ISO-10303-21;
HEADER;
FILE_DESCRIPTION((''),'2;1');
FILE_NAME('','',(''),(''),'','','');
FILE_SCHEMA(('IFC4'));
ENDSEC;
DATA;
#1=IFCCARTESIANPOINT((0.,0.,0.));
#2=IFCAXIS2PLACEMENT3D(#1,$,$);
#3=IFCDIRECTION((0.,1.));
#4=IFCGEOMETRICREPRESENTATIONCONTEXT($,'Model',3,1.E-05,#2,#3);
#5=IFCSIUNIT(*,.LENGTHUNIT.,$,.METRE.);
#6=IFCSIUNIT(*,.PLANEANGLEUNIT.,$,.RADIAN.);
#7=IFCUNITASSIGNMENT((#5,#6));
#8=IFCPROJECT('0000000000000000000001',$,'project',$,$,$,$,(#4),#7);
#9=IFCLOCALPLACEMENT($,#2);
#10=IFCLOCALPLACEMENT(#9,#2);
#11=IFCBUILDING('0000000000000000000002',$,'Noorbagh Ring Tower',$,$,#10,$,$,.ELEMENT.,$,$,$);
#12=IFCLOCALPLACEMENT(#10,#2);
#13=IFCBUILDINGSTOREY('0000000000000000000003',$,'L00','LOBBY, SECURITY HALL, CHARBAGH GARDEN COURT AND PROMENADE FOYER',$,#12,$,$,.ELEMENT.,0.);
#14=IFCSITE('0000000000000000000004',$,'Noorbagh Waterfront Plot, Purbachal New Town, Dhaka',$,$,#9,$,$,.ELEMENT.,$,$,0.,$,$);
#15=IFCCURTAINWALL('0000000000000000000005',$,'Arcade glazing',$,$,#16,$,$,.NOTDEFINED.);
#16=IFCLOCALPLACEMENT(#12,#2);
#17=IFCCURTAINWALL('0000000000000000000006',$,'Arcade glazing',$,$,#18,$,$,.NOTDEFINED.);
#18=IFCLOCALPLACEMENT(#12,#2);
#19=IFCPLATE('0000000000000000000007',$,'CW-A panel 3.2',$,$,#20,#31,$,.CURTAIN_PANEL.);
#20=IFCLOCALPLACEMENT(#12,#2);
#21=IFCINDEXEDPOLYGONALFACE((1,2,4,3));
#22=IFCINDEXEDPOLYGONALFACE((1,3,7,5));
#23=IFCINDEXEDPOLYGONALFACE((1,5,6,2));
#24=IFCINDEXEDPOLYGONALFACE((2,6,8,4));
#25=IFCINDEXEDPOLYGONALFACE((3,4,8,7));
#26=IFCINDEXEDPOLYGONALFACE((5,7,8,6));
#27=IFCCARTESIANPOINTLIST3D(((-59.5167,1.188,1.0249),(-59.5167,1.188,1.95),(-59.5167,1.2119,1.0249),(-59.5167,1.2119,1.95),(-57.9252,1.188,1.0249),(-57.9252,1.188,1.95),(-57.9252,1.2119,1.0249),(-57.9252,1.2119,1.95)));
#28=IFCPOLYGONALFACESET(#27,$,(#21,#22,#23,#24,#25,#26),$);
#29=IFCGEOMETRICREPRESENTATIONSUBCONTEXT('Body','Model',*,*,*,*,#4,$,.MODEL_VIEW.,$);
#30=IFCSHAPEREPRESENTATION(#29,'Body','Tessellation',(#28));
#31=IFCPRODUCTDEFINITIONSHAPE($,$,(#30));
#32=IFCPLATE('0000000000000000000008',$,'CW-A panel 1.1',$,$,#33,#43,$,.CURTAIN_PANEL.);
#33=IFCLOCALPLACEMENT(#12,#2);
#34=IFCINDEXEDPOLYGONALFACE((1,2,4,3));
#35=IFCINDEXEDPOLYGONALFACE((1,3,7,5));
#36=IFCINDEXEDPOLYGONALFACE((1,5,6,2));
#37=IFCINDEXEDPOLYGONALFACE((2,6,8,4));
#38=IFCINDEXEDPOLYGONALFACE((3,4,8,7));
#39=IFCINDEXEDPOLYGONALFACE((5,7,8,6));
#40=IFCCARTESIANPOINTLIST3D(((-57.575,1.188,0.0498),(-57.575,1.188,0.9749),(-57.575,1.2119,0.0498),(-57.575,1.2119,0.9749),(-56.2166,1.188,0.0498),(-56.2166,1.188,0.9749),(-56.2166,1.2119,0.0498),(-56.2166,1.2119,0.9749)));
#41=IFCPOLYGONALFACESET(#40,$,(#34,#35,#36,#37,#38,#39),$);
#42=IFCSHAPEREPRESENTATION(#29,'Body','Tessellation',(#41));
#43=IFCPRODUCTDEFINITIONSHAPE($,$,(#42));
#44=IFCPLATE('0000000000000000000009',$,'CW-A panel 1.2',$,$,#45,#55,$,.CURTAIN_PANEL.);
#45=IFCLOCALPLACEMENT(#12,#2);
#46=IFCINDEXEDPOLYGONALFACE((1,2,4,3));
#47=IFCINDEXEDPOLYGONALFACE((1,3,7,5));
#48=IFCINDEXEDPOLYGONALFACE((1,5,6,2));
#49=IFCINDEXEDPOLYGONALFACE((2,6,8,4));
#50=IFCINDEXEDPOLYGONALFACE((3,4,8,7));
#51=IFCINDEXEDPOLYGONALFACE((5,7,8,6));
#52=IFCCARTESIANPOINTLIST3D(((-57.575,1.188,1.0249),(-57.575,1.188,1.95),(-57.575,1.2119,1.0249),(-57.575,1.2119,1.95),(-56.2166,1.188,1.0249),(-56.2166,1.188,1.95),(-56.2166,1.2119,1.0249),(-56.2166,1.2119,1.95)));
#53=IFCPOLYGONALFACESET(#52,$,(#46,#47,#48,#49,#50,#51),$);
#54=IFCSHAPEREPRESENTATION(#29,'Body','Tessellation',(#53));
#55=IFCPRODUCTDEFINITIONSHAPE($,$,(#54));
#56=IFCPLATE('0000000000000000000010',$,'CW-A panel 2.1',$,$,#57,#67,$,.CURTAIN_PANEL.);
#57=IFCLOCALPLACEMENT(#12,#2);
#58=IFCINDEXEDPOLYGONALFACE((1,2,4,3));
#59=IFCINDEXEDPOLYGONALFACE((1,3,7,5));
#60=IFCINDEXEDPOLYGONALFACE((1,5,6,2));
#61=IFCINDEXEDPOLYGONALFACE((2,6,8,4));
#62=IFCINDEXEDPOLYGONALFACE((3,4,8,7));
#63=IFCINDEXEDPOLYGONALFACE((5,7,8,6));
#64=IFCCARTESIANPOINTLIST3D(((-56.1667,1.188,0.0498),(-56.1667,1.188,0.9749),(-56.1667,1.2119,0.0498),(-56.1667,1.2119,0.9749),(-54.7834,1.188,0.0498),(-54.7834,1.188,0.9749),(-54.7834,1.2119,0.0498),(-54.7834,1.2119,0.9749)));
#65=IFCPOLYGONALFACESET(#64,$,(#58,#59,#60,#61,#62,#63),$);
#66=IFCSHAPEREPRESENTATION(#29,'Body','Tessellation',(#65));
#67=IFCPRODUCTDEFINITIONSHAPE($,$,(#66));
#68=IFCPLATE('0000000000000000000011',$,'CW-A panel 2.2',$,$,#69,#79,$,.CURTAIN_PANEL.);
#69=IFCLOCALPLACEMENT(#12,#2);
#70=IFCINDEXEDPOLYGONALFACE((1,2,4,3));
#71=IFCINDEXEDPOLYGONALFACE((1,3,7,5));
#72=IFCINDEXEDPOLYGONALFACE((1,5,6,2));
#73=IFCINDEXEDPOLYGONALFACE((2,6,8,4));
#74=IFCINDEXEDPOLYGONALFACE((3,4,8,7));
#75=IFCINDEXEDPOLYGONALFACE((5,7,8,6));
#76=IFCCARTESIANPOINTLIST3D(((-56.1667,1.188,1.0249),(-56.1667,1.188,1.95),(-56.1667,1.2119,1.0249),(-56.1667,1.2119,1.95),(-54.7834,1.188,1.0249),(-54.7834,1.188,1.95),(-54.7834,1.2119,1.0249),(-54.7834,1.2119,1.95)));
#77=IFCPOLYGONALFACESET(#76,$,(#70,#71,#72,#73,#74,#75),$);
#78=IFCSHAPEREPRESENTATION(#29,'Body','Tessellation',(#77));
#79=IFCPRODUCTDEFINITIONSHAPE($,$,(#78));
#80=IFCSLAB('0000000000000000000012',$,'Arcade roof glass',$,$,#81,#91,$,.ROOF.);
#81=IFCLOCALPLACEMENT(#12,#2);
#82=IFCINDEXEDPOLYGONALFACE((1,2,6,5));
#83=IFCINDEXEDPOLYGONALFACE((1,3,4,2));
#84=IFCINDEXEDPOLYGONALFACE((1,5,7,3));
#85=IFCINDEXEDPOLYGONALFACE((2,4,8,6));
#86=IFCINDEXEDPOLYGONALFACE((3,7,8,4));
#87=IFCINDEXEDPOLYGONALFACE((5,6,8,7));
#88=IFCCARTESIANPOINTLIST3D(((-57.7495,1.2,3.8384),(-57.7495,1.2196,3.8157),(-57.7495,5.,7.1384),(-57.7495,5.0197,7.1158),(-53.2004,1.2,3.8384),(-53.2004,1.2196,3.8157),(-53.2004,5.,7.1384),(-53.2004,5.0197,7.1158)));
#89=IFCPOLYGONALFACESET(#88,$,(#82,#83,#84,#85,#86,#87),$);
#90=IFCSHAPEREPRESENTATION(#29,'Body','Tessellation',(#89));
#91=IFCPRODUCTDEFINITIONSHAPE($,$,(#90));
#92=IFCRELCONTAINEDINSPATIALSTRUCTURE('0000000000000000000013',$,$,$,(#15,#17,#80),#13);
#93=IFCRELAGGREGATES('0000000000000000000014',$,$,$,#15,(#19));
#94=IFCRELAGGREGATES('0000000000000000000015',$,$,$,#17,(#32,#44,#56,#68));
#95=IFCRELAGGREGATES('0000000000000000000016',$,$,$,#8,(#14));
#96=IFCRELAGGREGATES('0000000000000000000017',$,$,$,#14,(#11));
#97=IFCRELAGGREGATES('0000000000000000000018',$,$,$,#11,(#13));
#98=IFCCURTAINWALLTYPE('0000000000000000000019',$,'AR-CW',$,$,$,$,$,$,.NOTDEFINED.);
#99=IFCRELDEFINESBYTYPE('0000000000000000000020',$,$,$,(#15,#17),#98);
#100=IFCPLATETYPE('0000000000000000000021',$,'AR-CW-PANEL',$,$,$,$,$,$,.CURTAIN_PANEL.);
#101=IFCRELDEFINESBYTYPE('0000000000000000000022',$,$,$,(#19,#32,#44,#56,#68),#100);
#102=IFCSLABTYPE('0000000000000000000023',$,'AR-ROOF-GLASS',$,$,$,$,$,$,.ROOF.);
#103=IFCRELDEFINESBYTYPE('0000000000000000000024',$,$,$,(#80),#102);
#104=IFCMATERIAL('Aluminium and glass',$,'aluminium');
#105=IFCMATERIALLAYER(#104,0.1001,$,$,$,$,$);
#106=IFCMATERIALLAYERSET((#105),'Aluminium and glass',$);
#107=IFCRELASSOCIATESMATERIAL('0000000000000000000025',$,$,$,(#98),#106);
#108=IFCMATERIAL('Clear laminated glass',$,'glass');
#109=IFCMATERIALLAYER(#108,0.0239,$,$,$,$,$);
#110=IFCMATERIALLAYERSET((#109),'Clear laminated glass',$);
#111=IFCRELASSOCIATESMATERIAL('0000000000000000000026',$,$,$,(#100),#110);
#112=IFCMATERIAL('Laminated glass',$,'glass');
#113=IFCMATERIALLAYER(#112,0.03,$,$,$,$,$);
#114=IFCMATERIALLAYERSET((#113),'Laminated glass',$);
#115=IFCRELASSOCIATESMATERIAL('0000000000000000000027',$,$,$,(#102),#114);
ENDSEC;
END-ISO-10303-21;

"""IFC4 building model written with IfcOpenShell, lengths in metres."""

from ifc_helpers import new_model, si_unit, direction, frame, origin, origin_2d, place, context, subcontext, project, spatial, polyline, rectangle, outline, extrude, material, layer, layer_set, type_object, element, aggregate, save


model = new_model("IFC4")

# Units and contexts
model_context = context("Model", 3, precision=1e-05, world=origin(), true_north=direction((0.0, 1.0)))
body_context = subcontext(model_context, "Body", "Model", "MODEL_VIEW")
ifc_project = project(units=[si_unit("LENGTHUNIT", "METRE"), si_unit("PLANEANGLEUNIT", "RADIAN")], contexts=[model_context])

# Site, building, storey
site_placement = place(None, origin())
site = spatial("IfcSite", under=ifc_project, at=site_placement, Name="Noorbagh Waterfront Plot, Purbachal New Town, Dhaka", CompositionType="ELEMENT", RefElevation=0.0)
building_placement = place(site_placement, origin())
building = spatial("IfcBuilding", under=site, at=building_placement, Name="Noorbagh Ring Tower", CompositionType="ELEMENT")
storey_placement = place(building_placement, origin())
storey = spatial("IfcBuildingStorey", under=building, at=storey_placement, Name="L00", Description="LOBBY, SECURITY HALL, CHARBAGH GARDEN COURT AND PROMENADE FOYER", CompositionType="ELEMENT", Elevation=0.0)

# Curtain walls
ifc_material_1 = material(Name="Aluminium and glass", Category="aluminium")
ifc_layer_1 = layer(ifc_material_1, 0.1001)
ifc_layer_set_1 = layer_set([ifc_layer_1], Name="Aluminium and glass")
curtain_wall_type = type_object("IfcCurtainWallType", Name="AR-CW", PredefinedType="NOTDEFINED", material=ifc_layer_set_1)
curtain_wall_1_placement = place(storey_placement, origin())
curtain_wall_1 = element("IfcCurtainWall", 1, at=curtain_wall_1_placement, inside=storey, type_object=curtain_wall_type, Name="Arcade glazing", PredefinedType="NOTDEFINED")
curtain_wall_2_placement = place(storey_placement, origin())
curtain_wall_2 = element("IfcCurtainWall", 2, at=curtain_wall_2_placement, inside=storey, type_object=curtain_wall_type, Name="Arcade glazing", PredefinedType="NOTDEFINED")

# Plates
ifc_material_2 = material(Name="Clear laminated glass", Category="glass")
ifc_layer_2 = layer(ifc_material_2, 0.0239)
ifc_layer_set_2 = layer_set([ifc_layer_2], Name="Clear laminated glass")
plate_type = type_object("IfcPlateType", Name="AR-CW-PANEL", PredefinedType="CURTAIN_PANEL", material=ifc_layer_set_2)
plate_1_placement = place(storey_placement, frame((-58.7209, 1.2, 1.0249), z_axis=(0.0, 0.0, 1.0), x_axis=(1.0, 0.0, 0.0)))
plate_1 = element("IfcPlate", 3, at=plate_1_placement, type_object=plate_type, Name="CW-A panel 3.2", PredefinedType="CURTAIN_PANEL", context=body_context, shape_type="SweptSolid", body=[
    extrude(rectangle(XDim=1.5916, YDim=0.0239, at=origin_2d()), origin(), (0.0, 0.0, 1.0), 0.925),
])
aggregate(curtain_wall_1, [plate_1])
plate_2_placement = place(storey_placement, frame((-56.8958, 1.2, 0.0498), z_axis=(0.0, 0.0, 1.0), x_axis=(1.0, 0.0, 0.0)))
plate_2 = element("IfcPlate", 4, at=plate_2_placement, type_object=plate_type, Name="CW-A panel 1.1", PredefinedType="CURTAIN_PANEL", context=body_context, shape_type="SweptSolid", body=[
    extrude(rectangle(XDim=1.3584, YDim=0.0239, at=origin_2d()), origin(), (0.0, 0.0, 1.0), 0.925),
])
plate_3_placement = place(storey_placement, frame((-56.8958, 1.2, 1.0249), z_axis=(0.0, 0.0, 1.0), x_axis=(1.0, 0.0, 0.0)))
plate_3 = element("IfcPlate", 5, at=plate_3_placement, type_object=plate_type, Name="CW-A panel 1.2", PredefinedType="CURTAIN_PANEL", context=body_context, shape_type="SweptSolid", body=[
    extrude(rectangle(XDim=1.3584, YDim=0.0239, at=origin_2d()), origin(), (0.0, 0.0, 1.0), 0.925),
])
plate_4_placement = place(storey_placement, frame((-55.4751, 1.2, 0.0498), z_axis=(0.0, 0.0, 1.0), x_axis=(1.0, 0.0, 0.0)))
plate_4 = element("IfcPlate", 6, at=plate_4_placement, type_object=plate_type, Name="CW-A panel 2.1", PredefinedType="CURTAIN_PANEL", context=body_context, shape_type="SweptSolid", body=[
    extrude(rectangle(XDim=1.3833, YDim=0.0239, at=origin_2d()), origin(), (0.0, 0.0, 1.0), 0.925),
])
plate_5_placement = place(storey_placement, frame((-55.4751, 1.2, 1.0249), z_axis=(0.0, 0.0, 1.0), x_axis=(1.0, 0.0, 0.0)))
plate_5 = element("IfcPlate", 7, at=plate_5_placement, type_object=plate_type, Name="CW-A panel 2.2", PredefinedType="CURTAIN_PANEL", context=body_context, shape_type="SweptSolid", body=[
    extrude(rectangle(XDim=1.3833, YDim=0.0239, at=origin_2d()), origin(), (0.0, 0.0, 1.0), 0.925),
])
aggregate(curtain_wall_2, [plate_2, plate_3, plate_4, plate_5])

# Slab
ifc_material_3 = material(Name="Laminated glass", Category="glass")
ifc_layer_3 = layer(ifc_material_3, 0.03)
ifc_layer_set_3 = layer_set([ifc_layer_3], Name="Laminated glass")
slab_type = type_object("IfcSlabType", Name="AR-ROOF-GLASS", PredefinedType="ROOF", material=ifc_layer_set_3)
slab_placement = place(storey_placement, frame((-57.7495, 1.2, 3.8384), z_axis=(0.0, -0.655687, 0.755032), x_axis=(1.0, 0.0, 0.0)))
element("IfcSlab", 8, at=slab_placement, inside=storey, type_object=slab_type, Name="Arcade roof glass", PredefinedType="ROOF", context=body_context, shape_type="SweptSolid", body=[
    extrude(outline(polyline([(0.0, 0.0), (4.5491, 0.0), (4.5491, 5.033), (0.0, 5.033), (0.0, 0.0)])), origin(), (0.0, 0.0, -1.0), 0.03),
])

save(model, "model.ifc")
